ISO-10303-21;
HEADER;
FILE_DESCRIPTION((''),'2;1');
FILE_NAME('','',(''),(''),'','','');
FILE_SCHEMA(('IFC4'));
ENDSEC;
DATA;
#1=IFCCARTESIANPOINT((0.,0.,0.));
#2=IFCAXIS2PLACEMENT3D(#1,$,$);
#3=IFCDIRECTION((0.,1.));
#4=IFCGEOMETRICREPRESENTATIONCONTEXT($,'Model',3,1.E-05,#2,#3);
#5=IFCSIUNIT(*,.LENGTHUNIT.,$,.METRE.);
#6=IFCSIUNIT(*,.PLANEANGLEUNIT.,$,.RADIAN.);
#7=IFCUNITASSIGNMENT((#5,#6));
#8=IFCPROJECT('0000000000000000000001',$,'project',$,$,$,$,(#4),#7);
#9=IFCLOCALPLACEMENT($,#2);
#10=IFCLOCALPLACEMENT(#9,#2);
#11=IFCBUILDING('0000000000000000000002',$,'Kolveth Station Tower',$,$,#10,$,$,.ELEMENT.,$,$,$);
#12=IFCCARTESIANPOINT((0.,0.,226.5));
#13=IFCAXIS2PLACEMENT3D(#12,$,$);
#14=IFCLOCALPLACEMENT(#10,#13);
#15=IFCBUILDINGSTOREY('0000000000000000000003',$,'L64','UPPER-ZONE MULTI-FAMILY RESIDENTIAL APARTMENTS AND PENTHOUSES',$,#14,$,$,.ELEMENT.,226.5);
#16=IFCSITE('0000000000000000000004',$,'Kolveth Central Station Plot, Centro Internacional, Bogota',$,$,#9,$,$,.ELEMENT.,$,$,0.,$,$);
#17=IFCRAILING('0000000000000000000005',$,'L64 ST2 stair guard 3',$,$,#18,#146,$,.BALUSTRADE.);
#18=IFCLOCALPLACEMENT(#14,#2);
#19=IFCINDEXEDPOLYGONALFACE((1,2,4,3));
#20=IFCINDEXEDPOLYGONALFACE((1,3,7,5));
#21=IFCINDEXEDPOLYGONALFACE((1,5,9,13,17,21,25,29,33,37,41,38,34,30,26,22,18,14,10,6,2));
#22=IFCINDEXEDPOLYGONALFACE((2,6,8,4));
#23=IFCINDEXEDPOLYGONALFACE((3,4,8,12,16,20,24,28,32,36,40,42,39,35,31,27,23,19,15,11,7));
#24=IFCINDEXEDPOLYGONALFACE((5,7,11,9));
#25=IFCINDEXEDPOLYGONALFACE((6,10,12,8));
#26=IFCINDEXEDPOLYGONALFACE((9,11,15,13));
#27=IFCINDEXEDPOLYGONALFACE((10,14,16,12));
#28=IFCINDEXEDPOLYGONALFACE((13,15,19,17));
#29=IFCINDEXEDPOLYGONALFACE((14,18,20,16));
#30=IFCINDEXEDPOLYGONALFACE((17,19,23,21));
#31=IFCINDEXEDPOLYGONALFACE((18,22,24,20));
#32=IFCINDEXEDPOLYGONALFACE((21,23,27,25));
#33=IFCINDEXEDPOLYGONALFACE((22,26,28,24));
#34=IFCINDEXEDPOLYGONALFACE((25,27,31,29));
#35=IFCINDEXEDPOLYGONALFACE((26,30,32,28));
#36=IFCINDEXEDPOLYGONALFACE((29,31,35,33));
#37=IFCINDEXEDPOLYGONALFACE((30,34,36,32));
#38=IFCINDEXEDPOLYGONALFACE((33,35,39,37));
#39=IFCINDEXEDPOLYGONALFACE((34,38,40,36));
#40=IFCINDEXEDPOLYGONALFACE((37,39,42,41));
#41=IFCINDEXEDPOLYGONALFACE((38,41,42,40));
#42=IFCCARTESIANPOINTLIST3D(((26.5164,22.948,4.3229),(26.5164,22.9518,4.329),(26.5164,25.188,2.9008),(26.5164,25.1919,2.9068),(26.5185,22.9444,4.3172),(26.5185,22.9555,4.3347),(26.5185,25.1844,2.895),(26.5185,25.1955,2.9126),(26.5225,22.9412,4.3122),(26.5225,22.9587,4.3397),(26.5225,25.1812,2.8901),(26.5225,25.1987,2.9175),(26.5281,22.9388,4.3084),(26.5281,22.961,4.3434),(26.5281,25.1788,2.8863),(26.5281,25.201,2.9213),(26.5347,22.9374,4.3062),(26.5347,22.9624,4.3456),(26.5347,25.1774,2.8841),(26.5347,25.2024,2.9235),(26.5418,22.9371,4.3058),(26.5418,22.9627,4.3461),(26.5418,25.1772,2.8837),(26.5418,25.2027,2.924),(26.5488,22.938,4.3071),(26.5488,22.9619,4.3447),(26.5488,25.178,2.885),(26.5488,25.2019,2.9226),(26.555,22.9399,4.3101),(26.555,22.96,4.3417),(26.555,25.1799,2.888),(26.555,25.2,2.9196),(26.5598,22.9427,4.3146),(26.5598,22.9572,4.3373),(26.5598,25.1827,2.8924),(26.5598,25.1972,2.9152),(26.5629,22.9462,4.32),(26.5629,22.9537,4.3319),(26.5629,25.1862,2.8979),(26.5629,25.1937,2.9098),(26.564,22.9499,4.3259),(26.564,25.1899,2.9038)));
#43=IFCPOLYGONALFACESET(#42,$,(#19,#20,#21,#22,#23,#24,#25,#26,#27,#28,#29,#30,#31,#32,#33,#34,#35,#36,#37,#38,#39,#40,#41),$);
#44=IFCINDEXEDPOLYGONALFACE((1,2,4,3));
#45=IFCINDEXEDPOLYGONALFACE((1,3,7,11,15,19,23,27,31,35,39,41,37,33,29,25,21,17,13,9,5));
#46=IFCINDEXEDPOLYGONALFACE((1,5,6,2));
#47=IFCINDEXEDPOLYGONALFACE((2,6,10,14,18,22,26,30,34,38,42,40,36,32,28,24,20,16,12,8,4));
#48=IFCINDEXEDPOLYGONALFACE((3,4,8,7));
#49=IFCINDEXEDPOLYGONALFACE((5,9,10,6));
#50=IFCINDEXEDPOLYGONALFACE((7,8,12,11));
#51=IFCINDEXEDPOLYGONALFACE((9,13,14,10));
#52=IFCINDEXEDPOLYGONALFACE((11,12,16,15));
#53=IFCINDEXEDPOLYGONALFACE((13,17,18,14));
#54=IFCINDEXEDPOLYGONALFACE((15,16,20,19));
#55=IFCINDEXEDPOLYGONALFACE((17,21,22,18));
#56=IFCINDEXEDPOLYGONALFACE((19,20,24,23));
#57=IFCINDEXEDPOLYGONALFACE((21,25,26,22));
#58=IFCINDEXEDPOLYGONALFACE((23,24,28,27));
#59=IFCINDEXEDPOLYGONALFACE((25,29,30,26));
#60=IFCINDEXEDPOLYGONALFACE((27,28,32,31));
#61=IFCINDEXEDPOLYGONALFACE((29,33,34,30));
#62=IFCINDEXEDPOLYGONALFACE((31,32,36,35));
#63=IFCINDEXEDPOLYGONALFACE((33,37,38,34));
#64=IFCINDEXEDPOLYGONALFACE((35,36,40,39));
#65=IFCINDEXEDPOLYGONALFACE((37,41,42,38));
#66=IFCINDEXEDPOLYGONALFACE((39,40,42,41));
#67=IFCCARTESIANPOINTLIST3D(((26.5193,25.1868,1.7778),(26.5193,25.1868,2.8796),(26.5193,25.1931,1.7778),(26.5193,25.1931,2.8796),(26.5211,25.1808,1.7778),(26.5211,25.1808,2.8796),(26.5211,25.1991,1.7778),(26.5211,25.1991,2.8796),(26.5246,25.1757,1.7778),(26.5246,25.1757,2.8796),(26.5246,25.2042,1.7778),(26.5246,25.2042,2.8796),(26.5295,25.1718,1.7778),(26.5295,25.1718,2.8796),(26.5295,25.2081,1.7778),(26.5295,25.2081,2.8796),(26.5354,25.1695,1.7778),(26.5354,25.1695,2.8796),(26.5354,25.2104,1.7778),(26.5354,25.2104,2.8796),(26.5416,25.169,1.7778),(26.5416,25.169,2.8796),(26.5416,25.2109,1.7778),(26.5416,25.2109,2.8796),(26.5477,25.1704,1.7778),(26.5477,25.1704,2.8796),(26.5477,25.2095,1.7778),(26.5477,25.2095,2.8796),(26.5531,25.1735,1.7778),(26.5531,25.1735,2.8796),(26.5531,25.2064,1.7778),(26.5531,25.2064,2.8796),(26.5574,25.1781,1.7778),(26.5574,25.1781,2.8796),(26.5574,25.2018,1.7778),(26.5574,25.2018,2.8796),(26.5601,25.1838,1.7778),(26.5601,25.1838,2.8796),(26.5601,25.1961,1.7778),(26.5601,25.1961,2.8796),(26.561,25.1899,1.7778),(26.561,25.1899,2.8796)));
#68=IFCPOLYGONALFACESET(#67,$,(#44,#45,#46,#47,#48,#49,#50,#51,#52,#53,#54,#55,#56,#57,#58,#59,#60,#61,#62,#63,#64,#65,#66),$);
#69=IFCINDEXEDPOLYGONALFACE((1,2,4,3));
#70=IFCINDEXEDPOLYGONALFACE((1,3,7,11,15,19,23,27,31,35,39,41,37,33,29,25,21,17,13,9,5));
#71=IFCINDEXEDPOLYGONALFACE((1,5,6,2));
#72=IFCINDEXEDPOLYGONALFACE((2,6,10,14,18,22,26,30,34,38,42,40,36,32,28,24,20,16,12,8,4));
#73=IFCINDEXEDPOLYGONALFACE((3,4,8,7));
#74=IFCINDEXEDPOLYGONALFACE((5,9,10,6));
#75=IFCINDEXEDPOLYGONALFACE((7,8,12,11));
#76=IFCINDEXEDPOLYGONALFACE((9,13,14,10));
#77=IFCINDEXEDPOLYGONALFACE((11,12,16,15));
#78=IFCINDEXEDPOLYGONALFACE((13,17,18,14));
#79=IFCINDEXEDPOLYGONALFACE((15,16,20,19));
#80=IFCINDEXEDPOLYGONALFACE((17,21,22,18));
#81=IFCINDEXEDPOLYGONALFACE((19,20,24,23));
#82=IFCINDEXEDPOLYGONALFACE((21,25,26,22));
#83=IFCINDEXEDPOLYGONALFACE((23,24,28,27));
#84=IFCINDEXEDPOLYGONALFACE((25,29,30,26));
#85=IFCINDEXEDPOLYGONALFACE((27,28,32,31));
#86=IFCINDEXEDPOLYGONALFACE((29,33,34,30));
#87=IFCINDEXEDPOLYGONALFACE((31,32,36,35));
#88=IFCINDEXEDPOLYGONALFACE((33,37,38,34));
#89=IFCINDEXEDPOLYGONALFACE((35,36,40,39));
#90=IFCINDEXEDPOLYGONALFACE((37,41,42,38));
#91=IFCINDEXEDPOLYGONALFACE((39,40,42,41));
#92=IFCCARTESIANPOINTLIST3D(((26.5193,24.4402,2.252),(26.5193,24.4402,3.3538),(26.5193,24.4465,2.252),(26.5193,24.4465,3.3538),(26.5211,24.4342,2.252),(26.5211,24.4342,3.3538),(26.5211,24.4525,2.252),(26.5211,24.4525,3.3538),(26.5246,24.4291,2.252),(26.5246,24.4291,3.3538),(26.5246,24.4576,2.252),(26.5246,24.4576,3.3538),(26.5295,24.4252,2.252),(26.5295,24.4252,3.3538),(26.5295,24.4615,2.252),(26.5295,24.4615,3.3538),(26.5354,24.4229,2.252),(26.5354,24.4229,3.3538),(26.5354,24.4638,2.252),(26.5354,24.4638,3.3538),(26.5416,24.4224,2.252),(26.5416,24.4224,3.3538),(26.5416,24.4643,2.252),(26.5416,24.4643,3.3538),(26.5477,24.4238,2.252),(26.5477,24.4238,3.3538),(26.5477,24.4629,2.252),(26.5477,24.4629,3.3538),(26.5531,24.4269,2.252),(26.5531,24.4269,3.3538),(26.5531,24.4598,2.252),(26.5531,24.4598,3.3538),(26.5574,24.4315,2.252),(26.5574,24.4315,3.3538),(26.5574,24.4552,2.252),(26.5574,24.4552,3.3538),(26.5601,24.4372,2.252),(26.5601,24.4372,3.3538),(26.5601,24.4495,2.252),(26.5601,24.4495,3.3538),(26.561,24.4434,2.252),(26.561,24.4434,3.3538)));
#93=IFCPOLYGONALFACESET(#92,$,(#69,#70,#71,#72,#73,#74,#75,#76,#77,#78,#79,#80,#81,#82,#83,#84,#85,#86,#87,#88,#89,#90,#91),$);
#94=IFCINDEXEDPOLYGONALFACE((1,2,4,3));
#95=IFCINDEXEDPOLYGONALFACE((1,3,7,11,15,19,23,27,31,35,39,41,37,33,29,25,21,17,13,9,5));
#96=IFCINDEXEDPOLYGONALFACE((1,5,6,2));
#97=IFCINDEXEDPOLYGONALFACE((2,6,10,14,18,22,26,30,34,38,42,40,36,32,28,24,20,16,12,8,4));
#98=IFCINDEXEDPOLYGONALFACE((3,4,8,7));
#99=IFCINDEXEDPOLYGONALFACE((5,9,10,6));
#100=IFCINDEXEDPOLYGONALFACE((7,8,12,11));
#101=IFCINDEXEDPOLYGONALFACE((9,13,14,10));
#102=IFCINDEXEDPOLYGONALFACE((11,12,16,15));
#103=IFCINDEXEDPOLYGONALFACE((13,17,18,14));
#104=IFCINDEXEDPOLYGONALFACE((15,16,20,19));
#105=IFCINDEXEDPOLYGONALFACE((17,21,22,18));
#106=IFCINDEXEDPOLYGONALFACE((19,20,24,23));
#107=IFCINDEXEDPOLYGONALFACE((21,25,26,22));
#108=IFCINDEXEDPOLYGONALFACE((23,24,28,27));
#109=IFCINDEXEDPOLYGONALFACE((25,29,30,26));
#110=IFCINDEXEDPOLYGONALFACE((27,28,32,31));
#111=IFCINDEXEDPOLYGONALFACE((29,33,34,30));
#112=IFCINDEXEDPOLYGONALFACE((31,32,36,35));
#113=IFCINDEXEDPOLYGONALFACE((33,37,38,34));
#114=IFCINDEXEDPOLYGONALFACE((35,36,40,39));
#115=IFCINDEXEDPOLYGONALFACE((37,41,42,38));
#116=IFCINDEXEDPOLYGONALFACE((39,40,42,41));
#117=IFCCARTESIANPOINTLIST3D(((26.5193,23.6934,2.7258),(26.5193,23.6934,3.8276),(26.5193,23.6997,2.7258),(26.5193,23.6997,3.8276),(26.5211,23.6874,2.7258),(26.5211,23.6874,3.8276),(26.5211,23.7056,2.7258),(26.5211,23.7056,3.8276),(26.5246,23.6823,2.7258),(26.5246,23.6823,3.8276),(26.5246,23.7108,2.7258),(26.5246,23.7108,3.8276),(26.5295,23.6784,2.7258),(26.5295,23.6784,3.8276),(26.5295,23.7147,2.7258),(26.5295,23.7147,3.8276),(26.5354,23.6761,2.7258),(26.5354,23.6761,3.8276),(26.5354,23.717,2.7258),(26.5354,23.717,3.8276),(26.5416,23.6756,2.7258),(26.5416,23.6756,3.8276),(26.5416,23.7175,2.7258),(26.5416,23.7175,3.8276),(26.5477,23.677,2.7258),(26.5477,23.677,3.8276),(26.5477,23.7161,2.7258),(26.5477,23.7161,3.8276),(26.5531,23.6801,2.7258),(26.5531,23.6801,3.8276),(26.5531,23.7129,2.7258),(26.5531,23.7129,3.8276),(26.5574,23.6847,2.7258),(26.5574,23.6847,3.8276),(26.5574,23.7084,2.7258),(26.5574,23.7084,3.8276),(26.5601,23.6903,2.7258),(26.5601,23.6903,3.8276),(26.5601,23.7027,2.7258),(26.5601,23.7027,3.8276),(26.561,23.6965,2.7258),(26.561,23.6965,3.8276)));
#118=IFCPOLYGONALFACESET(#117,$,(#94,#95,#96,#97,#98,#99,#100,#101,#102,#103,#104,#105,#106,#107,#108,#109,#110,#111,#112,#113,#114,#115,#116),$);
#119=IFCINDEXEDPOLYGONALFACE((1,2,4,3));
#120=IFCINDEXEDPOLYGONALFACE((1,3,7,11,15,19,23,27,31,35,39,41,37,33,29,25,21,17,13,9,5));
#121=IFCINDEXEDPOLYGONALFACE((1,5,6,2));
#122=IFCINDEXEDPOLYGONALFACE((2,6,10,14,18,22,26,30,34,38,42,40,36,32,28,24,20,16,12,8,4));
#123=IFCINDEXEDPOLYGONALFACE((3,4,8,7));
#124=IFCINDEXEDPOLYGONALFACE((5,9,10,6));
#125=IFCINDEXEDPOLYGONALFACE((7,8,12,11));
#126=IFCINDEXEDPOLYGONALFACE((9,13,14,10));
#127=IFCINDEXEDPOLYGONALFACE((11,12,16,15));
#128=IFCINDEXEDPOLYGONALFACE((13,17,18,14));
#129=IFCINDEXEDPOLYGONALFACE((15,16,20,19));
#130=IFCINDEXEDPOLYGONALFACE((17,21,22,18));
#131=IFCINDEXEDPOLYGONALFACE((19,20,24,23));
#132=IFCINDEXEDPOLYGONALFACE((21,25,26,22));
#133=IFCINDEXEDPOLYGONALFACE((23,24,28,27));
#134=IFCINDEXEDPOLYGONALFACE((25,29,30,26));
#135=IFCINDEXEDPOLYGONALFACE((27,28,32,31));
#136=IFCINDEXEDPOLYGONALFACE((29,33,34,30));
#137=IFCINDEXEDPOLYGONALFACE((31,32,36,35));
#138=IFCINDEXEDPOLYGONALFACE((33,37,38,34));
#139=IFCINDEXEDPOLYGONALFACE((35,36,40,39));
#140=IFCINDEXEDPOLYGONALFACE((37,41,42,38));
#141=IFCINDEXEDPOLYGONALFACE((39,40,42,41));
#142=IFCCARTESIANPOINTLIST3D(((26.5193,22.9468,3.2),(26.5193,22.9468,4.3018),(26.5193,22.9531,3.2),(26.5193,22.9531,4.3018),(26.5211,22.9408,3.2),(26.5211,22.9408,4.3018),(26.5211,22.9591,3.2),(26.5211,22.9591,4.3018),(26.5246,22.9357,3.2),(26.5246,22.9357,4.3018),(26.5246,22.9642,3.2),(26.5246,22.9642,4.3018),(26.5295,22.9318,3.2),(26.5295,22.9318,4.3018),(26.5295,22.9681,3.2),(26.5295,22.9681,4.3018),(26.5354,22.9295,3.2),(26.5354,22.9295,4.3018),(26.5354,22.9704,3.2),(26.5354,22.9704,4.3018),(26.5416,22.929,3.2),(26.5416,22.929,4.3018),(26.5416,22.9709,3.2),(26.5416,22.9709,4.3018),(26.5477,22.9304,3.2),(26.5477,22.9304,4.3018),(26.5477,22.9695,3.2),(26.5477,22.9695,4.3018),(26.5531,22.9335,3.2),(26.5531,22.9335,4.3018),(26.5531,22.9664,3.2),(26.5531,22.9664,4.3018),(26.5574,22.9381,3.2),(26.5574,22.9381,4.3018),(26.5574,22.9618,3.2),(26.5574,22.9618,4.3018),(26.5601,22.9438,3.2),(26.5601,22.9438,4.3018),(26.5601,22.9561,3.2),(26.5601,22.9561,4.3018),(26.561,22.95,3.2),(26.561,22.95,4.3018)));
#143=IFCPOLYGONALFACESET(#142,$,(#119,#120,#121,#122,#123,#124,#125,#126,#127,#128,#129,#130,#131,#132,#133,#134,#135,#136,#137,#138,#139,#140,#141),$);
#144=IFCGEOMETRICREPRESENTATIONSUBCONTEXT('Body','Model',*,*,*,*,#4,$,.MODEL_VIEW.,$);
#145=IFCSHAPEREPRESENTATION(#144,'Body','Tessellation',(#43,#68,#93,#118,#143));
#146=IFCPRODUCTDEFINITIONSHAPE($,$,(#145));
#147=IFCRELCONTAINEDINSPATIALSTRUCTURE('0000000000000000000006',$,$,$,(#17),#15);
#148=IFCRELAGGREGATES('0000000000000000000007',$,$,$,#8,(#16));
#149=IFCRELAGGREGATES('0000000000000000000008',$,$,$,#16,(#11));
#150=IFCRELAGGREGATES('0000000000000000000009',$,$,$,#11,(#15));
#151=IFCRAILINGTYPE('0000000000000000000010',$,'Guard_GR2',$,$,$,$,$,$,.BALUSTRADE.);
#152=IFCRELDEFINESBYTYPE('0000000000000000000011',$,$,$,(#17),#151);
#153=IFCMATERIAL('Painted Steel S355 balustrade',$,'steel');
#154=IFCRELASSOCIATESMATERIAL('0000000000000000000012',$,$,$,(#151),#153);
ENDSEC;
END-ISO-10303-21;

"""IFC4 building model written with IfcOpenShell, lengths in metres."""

from ifc_helpers import new_model, si_unit, direction, frame, origin, origin_2d, place, context, subcontext, project, spatial, circle, extrude, material, type_object, element, save


model = new_model("IFC4")

# Units and contexts
model_context = context("Model", 3, precision=1e-05, world=origin(), true_north=direction((0.0, 1.0)))
body_context = subcontext(model_context, "Body", "Model", "MODEL_VIEW")
ifc_project = project(units=[si_unit("LENGTHUNIT", "METRE"), si_unit("PLANEANGLEUNIT", "RADIAN")], contexts=[model_context])

# Site, building, storey
site_placement = place(None, origin())
site = spatial("IfcSite", under=ifc_project, at=site_placement, Name="Kolveth Central Station Plot, Centro Internacional, Bogota", CompositionType="ELEMENT", RefElevation=0.0)
building_placement = place(site_placement, origin())
building = spatial("IfcBuilding", under=site, at=building_placement, Name="Kolveth Station Tower", CompositionType="ELEMENT")
storey_placement = place(building_placement, frame((0.0, 0.0, 226.5)))
storey = spatial("IfcBuildingStorey", under=building, at=storey_placement, Name="L64", Description="UPPER-ZONE MULTI-FAMILY RESIDENTIAL APARTMENTS AND PENTHOUSES", CompositionType="ELEMENT", Elevation=226.5)

# Railing
ifc_material_1 = material(Name="Painted Steel S355 balustrade", Category="steel")
railing_type = type_object("IfcRailingType", Name="Guard_GR2", PredefinedType="BALUSTRADE", material=ifc_material_1)
railing_1_placement = place(storey_placement, frame((26.54, 25.1899, 1.7778)))
element("IfcRailing", 1, at=railing_1_placement, inside=storey, type_object=railing_type, Name="L64 ST2 stair guard 3", PredefinedType="BALUSTRADE", context=body_context, shape_type="SweptSolid", body=[
    extrude(circle(Radius=0.0239, at=origin_2d()), frame((0.0, 0.0, 1.126), z_axis=(0.0, -0.844229, 0.535982), x_axis=(1.0, 0.0, 0.0)), (0.0, 0.0, 1.0), 2.6533),
    extrude(circle(Radius=0.021, at=origin_2d()), origin(), (0.0, 0.0, 1.0), 1.1018),
    extrude(circle(Radius=0.021, at=origin_2d()), frame((0.0, -0.7466, 0.4741)), (0.0, 0.0, 1.0), 1.1018),
    extrude(circle(Radius=0.021, at=origin_2d()), frame((0.0, -1.4934, 0.948)), (0.0, 0.0, 1.0), 1.1018),
    extrude(circle(Radius=0.021, at=origin_2d()), frame((0.0, -2.24, 1.4221)), (0.0, 0.0, 1.0), 1.1018),
])

save(model, "model.ifc")
